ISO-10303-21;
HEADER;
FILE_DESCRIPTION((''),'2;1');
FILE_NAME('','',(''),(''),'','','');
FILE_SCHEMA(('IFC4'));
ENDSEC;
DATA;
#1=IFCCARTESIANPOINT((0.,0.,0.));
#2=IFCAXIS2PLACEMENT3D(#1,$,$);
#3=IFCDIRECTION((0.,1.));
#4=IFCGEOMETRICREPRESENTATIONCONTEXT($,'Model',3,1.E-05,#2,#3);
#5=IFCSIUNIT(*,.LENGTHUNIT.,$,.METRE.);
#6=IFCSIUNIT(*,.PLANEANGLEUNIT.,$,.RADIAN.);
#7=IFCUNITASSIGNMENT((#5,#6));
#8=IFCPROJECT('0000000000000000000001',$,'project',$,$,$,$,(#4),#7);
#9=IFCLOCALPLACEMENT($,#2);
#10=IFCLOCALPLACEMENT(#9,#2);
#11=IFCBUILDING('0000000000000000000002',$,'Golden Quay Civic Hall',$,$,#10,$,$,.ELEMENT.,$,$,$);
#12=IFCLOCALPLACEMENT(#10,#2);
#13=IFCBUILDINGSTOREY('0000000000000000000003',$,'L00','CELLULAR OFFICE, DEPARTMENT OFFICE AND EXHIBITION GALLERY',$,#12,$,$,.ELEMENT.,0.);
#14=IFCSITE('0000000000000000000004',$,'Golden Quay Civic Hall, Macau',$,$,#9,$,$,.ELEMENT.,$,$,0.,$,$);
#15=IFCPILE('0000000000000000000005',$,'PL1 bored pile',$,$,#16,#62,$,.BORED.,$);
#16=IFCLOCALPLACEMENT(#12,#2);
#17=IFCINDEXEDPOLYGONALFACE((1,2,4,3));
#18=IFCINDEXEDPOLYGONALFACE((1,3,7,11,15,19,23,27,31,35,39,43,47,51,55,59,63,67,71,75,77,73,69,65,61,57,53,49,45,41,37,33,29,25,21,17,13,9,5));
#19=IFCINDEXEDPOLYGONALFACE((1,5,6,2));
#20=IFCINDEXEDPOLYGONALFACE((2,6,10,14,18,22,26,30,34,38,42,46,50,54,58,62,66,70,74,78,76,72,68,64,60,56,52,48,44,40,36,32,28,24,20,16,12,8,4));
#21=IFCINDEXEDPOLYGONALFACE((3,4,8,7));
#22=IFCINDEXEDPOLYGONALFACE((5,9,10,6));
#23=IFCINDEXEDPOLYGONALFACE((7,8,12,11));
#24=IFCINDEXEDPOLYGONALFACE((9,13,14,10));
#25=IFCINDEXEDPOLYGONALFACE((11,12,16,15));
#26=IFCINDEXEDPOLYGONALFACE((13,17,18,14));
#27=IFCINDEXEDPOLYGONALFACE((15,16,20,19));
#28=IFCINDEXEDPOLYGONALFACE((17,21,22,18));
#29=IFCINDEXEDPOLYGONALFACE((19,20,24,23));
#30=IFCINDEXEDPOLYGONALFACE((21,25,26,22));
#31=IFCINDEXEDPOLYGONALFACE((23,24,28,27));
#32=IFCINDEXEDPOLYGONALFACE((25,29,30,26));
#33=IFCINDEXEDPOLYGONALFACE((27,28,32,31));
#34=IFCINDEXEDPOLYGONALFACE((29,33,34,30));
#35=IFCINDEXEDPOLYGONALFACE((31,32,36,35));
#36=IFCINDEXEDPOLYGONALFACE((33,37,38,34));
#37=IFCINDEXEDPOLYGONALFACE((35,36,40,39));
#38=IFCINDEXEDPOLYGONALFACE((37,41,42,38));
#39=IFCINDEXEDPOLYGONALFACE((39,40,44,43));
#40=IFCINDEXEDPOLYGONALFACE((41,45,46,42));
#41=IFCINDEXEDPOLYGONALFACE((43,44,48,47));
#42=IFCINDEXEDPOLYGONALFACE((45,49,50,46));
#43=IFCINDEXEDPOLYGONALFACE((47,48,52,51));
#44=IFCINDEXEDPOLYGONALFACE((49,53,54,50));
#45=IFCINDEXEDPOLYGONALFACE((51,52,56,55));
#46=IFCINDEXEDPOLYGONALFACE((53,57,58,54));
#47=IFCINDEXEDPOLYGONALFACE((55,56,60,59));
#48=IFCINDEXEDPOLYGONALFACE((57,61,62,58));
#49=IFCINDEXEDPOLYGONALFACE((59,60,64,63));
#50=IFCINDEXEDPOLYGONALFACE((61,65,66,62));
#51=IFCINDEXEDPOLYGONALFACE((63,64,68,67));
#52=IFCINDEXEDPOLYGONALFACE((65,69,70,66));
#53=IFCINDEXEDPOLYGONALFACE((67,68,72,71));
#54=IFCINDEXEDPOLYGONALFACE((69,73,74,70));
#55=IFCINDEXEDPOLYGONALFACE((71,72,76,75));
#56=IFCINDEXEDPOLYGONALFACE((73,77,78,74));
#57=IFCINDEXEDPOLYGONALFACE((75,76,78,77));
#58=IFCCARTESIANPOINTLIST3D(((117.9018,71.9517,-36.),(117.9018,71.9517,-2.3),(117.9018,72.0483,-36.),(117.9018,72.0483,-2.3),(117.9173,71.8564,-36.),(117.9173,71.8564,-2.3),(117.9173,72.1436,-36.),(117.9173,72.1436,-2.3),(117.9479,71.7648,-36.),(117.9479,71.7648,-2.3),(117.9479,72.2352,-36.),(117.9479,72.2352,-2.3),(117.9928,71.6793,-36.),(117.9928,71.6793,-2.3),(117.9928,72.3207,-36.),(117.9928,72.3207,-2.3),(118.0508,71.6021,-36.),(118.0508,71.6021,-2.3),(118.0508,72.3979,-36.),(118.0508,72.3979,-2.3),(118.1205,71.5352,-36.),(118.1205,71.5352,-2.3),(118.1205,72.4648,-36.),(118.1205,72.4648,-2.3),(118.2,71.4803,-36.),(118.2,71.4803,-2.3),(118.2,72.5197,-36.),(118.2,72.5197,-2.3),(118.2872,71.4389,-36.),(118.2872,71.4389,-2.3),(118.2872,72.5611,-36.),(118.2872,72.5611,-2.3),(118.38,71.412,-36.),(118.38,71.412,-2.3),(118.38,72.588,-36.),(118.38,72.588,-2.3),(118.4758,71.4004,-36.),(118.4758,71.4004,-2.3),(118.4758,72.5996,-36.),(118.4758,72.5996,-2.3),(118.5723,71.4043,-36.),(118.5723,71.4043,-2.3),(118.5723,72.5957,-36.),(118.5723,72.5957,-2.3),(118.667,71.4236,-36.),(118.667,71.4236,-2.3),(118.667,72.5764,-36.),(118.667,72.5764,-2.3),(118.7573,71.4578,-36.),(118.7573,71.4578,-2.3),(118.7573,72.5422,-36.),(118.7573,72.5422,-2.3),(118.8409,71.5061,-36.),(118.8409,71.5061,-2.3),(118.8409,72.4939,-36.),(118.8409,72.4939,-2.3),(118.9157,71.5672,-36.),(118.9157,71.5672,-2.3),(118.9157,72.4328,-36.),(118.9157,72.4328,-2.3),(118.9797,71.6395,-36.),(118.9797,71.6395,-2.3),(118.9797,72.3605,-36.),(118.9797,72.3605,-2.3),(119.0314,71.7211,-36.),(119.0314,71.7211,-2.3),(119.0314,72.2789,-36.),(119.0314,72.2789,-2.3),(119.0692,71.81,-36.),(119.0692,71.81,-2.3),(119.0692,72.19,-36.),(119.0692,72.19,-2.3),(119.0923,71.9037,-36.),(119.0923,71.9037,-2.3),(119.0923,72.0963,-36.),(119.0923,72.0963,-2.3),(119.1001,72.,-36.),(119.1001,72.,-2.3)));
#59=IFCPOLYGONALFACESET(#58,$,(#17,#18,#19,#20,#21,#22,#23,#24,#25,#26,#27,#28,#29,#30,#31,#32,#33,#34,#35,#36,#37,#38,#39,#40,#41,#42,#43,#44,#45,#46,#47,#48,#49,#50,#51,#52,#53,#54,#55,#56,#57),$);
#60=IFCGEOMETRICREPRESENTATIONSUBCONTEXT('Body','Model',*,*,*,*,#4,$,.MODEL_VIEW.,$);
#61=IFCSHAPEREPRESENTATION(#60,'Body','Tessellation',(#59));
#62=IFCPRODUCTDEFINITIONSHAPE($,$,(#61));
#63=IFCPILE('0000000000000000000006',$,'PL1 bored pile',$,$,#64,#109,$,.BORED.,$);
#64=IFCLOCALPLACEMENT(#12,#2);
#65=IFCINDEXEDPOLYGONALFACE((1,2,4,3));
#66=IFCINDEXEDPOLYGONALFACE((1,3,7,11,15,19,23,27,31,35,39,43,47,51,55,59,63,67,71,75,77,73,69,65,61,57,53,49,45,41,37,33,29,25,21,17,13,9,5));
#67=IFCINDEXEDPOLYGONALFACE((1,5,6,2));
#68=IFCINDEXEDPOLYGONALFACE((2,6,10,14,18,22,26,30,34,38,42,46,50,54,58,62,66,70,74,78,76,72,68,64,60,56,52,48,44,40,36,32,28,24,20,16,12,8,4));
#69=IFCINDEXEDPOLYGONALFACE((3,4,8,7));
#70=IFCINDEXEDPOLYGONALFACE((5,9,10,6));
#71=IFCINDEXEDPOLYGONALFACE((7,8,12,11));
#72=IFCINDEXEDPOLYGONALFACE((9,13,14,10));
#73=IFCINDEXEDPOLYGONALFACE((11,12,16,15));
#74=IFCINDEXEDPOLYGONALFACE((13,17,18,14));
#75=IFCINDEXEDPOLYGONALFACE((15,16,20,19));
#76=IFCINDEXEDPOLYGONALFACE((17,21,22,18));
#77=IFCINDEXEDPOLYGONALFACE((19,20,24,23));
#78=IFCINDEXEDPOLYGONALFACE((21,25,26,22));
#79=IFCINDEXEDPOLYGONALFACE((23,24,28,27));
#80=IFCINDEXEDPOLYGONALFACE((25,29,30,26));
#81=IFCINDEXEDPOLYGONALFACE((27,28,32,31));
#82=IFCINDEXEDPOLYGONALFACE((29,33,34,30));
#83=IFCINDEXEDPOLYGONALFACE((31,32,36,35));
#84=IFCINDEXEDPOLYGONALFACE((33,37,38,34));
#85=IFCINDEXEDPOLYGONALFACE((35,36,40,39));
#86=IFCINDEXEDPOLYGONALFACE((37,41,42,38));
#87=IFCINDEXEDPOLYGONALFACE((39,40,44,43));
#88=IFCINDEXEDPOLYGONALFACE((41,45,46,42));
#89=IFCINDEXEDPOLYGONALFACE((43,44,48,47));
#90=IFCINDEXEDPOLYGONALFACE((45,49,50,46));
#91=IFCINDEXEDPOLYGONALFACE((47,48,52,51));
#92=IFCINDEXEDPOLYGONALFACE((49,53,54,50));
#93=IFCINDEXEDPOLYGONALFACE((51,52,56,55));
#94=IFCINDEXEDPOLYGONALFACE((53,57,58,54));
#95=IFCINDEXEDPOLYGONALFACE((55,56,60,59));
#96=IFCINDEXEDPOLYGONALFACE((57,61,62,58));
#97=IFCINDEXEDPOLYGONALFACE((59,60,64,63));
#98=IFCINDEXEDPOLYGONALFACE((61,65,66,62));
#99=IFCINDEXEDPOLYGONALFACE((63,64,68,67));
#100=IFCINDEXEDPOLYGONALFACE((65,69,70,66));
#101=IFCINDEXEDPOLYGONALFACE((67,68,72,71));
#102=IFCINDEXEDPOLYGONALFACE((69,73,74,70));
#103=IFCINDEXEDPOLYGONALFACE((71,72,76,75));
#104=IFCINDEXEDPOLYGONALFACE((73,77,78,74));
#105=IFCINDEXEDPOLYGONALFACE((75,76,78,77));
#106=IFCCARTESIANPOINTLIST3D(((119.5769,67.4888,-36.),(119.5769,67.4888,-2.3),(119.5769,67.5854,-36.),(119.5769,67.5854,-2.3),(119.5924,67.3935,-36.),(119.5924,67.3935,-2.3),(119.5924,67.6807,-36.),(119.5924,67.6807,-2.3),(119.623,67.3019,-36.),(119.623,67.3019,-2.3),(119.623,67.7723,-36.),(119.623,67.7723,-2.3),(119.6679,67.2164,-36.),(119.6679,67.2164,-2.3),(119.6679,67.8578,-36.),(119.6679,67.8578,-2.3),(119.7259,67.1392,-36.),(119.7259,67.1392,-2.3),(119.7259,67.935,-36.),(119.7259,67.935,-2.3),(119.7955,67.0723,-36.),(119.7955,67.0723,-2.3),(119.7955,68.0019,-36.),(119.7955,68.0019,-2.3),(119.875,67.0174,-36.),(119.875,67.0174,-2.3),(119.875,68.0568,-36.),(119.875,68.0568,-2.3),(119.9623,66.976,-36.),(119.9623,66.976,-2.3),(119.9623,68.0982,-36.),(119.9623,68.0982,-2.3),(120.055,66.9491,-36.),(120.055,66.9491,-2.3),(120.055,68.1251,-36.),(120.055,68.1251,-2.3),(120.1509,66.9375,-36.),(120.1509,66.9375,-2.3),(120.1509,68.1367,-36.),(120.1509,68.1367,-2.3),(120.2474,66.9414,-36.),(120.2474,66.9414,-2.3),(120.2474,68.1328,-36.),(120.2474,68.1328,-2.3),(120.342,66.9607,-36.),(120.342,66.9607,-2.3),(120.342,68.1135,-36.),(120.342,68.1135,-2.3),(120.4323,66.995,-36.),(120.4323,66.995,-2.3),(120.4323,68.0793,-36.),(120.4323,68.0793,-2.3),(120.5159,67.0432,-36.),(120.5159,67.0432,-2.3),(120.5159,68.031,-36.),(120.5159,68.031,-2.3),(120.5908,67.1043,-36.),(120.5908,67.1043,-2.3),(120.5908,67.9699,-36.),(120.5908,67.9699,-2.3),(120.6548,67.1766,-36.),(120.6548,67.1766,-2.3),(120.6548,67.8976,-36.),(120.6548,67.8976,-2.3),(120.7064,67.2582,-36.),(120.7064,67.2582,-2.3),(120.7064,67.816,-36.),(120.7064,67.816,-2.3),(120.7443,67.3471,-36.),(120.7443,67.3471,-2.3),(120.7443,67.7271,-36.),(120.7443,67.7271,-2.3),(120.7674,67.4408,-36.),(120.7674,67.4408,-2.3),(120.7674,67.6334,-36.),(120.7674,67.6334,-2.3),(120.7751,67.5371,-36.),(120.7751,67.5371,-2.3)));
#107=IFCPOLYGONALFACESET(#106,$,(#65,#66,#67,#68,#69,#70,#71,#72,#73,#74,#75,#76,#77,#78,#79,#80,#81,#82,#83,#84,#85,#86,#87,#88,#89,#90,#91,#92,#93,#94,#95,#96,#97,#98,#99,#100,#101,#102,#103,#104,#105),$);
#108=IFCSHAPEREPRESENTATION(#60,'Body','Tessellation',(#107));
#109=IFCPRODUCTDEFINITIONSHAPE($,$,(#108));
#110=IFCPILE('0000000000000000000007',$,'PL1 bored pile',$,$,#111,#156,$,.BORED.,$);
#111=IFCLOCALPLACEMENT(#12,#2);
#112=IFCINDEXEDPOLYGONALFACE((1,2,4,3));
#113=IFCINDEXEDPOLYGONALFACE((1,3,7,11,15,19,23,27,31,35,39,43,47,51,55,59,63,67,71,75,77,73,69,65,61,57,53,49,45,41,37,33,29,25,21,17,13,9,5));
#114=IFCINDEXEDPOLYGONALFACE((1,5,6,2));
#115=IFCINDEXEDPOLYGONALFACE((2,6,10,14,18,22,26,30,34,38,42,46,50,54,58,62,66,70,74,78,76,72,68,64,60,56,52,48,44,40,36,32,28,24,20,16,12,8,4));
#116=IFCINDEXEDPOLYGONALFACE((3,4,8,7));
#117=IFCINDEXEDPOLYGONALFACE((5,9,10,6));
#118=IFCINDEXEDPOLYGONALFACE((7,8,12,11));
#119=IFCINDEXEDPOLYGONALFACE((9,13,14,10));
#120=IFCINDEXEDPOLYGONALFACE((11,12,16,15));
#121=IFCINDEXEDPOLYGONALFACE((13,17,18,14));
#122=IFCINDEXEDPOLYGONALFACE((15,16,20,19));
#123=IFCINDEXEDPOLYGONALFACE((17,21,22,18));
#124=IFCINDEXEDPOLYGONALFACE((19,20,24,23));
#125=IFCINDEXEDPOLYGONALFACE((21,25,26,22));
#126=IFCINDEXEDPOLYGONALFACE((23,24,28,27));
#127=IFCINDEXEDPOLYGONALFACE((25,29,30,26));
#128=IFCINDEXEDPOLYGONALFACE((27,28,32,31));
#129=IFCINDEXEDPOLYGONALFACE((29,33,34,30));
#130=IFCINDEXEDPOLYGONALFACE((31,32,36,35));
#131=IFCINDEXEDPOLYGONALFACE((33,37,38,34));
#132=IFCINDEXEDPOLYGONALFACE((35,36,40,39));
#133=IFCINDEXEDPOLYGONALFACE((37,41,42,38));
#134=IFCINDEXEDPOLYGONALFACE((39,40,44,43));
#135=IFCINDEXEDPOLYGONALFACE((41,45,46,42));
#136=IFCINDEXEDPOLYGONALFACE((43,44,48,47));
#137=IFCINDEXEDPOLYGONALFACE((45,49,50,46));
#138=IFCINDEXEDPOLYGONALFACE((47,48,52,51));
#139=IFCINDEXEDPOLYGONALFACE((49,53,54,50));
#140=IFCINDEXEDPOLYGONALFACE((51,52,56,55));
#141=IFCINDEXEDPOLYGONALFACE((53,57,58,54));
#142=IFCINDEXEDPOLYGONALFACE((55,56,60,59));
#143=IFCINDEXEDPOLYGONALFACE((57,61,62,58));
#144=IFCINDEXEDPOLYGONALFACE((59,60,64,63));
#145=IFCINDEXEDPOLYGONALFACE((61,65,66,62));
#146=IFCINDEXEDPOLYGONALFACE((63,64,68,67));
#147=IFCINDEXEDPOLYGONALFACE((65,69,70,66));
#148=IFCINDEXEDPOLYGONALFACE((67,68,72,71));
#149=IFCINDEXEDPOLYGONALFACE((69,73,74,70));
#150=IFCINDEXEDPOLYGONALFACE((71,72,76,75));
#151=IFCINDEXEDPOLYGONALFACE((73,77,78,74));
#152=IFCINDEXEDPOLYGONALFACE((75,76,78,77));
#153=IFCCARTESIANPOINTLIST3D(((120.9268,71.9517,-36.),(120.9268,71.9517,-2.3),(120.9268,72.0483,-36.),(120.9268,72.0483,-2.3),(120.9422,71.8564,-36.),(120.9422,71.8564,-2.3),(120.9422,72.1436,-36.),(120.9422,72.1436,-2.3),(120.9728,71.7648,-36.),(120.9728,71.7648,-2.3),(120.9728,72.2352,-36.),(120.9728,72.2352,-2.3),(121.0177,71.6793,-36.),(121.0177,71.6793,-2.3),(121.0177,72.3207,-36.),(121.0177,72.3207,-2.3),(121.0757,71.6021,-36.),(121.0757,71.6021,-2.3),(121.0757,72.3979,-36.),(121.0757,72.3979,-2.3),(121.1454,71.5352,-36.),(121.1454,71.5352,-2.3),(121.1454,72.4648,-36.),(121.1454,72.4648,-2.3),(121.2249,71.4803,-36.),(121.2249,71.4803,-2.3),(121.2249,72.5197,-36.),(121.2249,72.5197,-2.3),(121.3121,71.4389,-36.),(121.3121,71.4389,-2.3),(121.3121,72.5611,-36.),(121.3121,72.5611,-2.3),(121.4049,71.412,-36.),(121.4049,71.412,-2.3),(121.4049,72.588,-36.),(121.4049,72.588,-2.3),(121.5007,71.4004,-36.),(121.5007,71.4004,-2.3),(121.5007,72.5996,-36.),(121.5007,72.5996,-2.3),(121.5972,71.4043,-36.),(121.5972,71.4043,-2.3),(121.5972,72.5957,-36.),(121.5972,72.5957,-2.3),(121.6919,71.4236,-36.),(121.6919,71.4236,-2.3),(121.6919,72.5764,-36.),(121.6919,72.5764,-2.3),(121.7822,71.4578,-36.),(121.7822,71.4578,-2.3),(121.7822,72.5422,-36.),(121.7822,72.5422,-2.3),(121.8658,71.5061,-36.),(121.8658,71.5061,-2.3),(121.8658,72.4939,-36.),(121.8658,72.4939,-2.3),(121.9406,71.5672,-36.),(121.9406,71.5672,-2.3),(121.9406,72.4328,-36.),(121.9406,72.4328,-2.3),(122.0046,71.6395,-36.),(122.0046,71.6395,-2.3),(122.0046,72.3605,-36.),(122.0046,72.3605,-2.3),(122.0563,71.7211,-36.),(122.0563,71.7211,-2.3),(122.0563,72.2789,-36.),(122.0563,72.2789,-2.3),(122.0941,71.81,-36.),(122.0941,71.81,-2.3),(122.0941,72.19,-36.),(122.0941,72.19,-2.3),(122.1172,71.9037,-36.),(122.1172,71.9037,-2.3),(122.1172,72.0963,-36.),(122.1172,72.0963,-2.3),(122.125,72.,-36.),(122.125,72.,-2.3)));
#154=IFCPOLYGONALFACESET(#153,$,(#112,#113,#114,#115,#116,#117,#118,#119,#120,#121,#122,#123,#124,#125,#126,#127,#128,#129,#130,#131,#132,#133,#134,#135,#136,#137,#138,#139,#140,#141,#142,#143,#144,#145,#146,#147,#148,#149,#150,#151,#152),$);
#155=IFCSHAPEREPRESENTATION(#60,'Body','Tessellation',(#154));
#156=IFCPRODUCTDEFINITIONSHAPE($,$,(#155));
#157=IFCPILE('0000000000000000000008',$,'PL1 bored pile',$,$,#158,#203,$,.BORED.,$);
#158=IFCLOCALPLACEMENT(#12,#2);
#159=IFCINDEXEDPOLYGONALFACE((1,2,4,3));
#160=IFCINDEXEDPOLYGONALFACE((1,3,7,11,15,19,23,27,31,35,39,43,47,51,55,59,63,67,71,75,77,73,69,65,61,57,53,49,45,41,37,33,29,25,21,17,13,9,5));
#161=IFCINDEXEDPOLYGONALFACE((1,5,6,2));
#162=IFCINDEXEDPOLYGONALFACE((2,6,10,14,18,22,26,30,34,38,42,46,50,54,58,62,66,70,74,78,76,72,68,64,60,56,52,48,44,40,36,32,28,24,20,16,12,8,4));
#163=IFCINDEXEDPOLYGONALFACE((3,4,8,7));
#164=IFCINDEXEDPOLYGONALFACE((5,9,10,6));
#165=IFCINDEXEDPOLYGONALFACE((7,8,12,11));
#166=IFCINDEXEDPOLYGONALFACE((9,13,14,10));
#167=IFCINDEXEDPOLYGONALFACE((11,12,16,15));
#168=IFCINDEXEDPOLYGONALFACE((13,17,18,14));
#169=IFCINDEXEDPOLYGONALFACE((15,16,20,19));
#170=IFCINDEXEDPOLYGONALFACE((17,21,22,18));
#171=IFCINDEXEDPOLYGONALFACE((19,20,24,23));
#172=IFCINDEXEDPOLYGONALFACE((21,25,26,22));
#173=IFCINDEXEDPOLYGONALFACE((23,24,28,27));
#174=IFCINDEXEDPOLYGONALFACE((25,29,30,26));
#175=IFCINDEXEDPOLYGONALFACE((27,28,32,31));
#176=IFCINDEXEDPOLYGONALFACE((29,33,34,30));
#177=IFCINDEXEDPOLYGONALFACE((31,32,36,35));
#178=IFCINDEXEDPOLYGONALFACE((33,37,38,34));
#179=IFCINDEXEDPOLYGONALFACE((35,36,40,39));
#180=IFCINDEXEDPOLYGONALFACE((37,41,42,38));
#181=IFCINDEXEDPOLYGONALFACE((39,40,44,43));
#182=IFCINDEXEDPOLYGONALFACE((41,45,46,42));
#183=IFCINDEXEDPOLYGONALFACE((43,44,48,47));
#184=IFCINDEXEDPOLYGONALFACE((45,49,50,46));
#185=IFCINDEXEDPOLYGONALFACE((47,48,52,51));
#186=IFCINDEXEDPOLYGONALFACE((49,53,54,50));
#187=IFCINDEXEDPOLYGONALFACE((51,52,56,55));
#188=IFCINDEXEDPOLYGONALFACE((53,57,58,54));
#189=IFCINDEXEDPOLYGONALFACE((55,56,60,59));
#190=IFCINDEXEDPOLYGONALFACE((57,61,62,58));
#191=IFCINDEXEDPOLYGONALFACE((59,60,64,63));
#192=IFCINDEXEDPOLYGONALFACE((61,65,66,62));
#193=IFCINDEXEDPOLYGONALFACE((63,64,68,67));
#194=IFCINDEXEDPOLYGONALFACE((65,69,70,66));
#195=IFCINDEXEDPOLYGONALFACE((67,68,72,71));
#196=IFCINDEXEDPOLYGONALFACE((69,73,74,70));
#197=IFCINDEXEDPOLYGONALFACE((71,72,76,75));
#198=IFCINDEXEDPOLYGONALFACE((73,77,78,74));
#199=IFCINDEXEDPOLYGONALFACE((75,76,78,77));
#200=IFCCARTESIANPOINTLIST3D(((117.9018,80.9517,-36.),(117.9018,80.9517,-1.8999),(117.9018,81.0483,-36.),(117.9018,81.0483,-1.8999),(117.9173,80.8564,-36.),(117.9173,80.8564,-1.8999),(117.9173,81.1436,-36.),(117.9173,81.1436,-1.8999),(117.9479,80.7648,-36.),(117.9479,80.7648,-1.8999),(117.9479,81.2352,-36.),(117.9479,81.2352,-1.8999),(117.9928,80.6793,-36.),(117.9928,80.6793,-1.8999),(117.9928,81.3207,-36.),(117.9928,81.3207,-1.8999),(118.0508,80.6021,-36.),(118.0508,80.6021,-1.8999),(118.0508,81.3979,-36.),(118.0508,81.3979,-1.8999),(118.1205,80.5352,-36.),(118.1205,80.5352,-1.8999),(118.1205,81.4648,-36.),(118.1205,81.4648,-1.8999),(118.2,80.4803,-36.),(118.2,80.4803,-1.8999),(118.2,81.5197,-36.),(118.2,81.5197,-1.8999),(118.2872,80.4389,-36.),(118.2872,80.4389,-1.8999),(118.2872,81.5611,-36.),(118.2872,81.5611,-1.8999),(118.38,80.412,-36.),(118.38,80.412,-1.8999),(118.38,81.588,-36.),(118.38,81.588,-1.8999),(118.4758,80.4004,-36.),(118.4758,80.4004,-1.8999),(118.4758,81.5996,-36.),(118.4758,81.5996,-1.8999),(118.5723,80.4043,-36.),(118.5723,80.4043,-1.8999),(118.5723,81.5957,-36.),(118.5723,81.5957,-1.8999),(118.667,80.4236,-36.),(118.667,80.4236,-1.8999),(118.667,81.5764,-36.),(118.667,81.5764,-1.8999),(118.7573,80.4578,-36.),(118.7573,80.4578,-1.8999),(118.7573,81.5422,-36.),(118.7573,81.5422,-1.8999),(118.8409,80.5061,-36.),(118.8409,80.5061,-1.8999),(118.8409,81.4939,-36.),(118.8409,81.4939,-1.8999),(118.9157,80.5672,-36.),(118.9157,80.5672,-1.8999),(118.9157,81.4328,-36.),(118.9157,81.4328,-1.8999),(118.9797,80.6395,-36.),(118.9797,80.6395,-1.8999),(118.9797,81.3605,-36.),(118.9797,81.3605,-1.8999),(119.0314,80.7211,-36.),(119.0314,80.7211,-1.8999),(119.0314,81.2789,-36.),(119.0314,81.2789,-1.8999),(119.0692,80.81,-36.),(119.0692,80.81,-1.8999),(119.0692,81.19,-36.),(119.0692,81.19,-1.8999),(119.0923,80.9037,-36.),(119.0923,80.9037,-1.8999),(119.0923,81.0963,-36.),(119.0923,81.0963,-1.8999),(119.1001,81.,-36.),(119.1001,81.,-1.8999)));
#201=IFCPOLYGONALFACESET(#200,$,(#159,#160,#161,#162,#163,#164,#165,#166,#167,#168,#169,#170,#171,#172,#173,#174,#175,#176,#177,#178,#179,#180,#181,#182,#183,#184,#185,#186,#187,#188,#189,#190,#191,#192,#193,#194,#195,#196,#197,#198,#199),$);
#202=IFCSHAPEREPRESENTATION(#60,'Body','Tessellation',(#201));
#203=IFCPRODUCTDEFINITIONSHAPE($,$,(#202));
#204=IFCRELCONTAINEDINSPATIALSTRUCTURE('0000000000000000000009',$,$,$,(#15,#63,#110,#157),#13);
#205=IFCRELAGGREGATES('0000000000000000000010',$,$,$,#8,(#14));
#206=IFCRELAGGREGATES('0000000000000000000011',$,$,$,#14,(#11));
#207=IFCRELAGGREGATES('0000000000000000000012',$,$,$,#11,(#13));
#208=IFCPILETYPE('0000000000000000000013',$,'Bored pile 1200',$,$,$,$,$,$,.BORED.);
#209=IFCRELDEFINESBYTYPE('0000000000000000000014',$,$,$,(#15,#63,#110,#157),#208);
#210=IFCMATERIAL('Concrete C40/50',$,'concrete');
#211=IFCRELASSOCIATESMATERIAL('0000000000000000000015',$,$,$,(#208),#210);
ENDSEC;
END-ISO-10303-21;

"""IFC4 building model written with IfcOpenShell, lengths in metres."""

from ifc_helpers import new_model, si_unit, direction, frame, origin, origin_2d, place, context, subcontext, project, spatial, circle, extrude, material, material_profile, profile_set, type_object, element, save


model = new_model("IFC4")

# Units and contexts
model_context = context("Model", 3, precision=1e-05, world=origin(), true_north=direction((0.0, 1.0)))
body_context = subcontext(model_context, "Body", "Model", "MODEL_VIEW")
ifc_project = project(units=[si_unit("LENGTHUNIT", "METRE"), si_unit("PLANEANGLEUNIT", "RADIAN")], contexts=[model_context])

# Site, building, storey
site_placement = place(None, origin())
site = spatial("IfcSite", under=ifc_project, at=site_placement, Name="Golden Quay Civic Hall, Macau", CompositionType="ELEMENT", RefElevation=0.0)
building_placement = place(site_placement, origin())
building = spatial("IfcBuilding", under=site, at=building_placement, Name="Golden Quay Civic Hall", CompositionType="ELEMENT")
storey_placement = place(building_placement, origin())
storey = spatial("IfcBuildingStorey", under=building, at=storey_placement, Name="L00", Description="CELLULAR OFFICE, DEPARTMENT OFFICE AND EXHIBITION GALLERY", CompositionType="ELEMENT", Elevation=0.0)

# Piles
ifc_material_1 = material(Name="Concrete C40/50", Category="concrete")
ifc_material_profile_1 = material_profile(ifc_material_1, circle(Radius=0.6001, at=origin_2d()), Name="RC D1200")
ifc_profile_set_1 = profile_set([ifc_material_profile_1], Name="Concrete C40/50")
pile_type = type_object("IfcPileType", Name="Bored pile 1200", PredefinedType="BORED", material=ifc_profile_set_1)
for number, where, z_axis, x_axis, name in (
    (1, (118.5, 72.0, -2.3), (0.0, 0.0, -1.0), (1.0, 0.0, 0.0), "PL1 bored pile"),
    (2, (120.175, 67.5371, -2.3), (0.0, 0.0, -1.0), (1.0, 0.0, 0.0), "PL1 bored pile"),
    (3, (121.5249, 72.0, -2.3), (0.0, 0.0, -1.0), (1.0, 0.0, 0.0), "PL1 bored pile"),
):
    element("IfcPile", number, at=place(storey_placement, frame(where, z_axis=z_axis, x_axis=x_axis)), inside=storey, type_object=pile_type, Name=name, PredefinedType="BORED", context=body_context, shape_type="SweptSolid", body=[
        extrude(circle(Radius=0.6001, at=origin_2d()), origin(), (0.0, 0.0, 1.0), 33.7),
    ])
pile_1_placement = place(storey_placement, frame((118.5, 81.0, -1.8999), z_axis=(0.0, 0.0, -1.0), x_axis=(1.0, 0.0, 0.0)))
element("IfcPile", 4, at=pile_1_placement, inside=storey, type_object=pile_type, Name="PL1 bored pile", PredefinedType="BORED", context=body_context, shape_type="SweptSolid", body=[
    extrude(circle(Radius=0.6001, at=origin_2d()), origin(), (0.0, 0.0, 1.0), 34.1001),
])

save(model, "model.ifc")
